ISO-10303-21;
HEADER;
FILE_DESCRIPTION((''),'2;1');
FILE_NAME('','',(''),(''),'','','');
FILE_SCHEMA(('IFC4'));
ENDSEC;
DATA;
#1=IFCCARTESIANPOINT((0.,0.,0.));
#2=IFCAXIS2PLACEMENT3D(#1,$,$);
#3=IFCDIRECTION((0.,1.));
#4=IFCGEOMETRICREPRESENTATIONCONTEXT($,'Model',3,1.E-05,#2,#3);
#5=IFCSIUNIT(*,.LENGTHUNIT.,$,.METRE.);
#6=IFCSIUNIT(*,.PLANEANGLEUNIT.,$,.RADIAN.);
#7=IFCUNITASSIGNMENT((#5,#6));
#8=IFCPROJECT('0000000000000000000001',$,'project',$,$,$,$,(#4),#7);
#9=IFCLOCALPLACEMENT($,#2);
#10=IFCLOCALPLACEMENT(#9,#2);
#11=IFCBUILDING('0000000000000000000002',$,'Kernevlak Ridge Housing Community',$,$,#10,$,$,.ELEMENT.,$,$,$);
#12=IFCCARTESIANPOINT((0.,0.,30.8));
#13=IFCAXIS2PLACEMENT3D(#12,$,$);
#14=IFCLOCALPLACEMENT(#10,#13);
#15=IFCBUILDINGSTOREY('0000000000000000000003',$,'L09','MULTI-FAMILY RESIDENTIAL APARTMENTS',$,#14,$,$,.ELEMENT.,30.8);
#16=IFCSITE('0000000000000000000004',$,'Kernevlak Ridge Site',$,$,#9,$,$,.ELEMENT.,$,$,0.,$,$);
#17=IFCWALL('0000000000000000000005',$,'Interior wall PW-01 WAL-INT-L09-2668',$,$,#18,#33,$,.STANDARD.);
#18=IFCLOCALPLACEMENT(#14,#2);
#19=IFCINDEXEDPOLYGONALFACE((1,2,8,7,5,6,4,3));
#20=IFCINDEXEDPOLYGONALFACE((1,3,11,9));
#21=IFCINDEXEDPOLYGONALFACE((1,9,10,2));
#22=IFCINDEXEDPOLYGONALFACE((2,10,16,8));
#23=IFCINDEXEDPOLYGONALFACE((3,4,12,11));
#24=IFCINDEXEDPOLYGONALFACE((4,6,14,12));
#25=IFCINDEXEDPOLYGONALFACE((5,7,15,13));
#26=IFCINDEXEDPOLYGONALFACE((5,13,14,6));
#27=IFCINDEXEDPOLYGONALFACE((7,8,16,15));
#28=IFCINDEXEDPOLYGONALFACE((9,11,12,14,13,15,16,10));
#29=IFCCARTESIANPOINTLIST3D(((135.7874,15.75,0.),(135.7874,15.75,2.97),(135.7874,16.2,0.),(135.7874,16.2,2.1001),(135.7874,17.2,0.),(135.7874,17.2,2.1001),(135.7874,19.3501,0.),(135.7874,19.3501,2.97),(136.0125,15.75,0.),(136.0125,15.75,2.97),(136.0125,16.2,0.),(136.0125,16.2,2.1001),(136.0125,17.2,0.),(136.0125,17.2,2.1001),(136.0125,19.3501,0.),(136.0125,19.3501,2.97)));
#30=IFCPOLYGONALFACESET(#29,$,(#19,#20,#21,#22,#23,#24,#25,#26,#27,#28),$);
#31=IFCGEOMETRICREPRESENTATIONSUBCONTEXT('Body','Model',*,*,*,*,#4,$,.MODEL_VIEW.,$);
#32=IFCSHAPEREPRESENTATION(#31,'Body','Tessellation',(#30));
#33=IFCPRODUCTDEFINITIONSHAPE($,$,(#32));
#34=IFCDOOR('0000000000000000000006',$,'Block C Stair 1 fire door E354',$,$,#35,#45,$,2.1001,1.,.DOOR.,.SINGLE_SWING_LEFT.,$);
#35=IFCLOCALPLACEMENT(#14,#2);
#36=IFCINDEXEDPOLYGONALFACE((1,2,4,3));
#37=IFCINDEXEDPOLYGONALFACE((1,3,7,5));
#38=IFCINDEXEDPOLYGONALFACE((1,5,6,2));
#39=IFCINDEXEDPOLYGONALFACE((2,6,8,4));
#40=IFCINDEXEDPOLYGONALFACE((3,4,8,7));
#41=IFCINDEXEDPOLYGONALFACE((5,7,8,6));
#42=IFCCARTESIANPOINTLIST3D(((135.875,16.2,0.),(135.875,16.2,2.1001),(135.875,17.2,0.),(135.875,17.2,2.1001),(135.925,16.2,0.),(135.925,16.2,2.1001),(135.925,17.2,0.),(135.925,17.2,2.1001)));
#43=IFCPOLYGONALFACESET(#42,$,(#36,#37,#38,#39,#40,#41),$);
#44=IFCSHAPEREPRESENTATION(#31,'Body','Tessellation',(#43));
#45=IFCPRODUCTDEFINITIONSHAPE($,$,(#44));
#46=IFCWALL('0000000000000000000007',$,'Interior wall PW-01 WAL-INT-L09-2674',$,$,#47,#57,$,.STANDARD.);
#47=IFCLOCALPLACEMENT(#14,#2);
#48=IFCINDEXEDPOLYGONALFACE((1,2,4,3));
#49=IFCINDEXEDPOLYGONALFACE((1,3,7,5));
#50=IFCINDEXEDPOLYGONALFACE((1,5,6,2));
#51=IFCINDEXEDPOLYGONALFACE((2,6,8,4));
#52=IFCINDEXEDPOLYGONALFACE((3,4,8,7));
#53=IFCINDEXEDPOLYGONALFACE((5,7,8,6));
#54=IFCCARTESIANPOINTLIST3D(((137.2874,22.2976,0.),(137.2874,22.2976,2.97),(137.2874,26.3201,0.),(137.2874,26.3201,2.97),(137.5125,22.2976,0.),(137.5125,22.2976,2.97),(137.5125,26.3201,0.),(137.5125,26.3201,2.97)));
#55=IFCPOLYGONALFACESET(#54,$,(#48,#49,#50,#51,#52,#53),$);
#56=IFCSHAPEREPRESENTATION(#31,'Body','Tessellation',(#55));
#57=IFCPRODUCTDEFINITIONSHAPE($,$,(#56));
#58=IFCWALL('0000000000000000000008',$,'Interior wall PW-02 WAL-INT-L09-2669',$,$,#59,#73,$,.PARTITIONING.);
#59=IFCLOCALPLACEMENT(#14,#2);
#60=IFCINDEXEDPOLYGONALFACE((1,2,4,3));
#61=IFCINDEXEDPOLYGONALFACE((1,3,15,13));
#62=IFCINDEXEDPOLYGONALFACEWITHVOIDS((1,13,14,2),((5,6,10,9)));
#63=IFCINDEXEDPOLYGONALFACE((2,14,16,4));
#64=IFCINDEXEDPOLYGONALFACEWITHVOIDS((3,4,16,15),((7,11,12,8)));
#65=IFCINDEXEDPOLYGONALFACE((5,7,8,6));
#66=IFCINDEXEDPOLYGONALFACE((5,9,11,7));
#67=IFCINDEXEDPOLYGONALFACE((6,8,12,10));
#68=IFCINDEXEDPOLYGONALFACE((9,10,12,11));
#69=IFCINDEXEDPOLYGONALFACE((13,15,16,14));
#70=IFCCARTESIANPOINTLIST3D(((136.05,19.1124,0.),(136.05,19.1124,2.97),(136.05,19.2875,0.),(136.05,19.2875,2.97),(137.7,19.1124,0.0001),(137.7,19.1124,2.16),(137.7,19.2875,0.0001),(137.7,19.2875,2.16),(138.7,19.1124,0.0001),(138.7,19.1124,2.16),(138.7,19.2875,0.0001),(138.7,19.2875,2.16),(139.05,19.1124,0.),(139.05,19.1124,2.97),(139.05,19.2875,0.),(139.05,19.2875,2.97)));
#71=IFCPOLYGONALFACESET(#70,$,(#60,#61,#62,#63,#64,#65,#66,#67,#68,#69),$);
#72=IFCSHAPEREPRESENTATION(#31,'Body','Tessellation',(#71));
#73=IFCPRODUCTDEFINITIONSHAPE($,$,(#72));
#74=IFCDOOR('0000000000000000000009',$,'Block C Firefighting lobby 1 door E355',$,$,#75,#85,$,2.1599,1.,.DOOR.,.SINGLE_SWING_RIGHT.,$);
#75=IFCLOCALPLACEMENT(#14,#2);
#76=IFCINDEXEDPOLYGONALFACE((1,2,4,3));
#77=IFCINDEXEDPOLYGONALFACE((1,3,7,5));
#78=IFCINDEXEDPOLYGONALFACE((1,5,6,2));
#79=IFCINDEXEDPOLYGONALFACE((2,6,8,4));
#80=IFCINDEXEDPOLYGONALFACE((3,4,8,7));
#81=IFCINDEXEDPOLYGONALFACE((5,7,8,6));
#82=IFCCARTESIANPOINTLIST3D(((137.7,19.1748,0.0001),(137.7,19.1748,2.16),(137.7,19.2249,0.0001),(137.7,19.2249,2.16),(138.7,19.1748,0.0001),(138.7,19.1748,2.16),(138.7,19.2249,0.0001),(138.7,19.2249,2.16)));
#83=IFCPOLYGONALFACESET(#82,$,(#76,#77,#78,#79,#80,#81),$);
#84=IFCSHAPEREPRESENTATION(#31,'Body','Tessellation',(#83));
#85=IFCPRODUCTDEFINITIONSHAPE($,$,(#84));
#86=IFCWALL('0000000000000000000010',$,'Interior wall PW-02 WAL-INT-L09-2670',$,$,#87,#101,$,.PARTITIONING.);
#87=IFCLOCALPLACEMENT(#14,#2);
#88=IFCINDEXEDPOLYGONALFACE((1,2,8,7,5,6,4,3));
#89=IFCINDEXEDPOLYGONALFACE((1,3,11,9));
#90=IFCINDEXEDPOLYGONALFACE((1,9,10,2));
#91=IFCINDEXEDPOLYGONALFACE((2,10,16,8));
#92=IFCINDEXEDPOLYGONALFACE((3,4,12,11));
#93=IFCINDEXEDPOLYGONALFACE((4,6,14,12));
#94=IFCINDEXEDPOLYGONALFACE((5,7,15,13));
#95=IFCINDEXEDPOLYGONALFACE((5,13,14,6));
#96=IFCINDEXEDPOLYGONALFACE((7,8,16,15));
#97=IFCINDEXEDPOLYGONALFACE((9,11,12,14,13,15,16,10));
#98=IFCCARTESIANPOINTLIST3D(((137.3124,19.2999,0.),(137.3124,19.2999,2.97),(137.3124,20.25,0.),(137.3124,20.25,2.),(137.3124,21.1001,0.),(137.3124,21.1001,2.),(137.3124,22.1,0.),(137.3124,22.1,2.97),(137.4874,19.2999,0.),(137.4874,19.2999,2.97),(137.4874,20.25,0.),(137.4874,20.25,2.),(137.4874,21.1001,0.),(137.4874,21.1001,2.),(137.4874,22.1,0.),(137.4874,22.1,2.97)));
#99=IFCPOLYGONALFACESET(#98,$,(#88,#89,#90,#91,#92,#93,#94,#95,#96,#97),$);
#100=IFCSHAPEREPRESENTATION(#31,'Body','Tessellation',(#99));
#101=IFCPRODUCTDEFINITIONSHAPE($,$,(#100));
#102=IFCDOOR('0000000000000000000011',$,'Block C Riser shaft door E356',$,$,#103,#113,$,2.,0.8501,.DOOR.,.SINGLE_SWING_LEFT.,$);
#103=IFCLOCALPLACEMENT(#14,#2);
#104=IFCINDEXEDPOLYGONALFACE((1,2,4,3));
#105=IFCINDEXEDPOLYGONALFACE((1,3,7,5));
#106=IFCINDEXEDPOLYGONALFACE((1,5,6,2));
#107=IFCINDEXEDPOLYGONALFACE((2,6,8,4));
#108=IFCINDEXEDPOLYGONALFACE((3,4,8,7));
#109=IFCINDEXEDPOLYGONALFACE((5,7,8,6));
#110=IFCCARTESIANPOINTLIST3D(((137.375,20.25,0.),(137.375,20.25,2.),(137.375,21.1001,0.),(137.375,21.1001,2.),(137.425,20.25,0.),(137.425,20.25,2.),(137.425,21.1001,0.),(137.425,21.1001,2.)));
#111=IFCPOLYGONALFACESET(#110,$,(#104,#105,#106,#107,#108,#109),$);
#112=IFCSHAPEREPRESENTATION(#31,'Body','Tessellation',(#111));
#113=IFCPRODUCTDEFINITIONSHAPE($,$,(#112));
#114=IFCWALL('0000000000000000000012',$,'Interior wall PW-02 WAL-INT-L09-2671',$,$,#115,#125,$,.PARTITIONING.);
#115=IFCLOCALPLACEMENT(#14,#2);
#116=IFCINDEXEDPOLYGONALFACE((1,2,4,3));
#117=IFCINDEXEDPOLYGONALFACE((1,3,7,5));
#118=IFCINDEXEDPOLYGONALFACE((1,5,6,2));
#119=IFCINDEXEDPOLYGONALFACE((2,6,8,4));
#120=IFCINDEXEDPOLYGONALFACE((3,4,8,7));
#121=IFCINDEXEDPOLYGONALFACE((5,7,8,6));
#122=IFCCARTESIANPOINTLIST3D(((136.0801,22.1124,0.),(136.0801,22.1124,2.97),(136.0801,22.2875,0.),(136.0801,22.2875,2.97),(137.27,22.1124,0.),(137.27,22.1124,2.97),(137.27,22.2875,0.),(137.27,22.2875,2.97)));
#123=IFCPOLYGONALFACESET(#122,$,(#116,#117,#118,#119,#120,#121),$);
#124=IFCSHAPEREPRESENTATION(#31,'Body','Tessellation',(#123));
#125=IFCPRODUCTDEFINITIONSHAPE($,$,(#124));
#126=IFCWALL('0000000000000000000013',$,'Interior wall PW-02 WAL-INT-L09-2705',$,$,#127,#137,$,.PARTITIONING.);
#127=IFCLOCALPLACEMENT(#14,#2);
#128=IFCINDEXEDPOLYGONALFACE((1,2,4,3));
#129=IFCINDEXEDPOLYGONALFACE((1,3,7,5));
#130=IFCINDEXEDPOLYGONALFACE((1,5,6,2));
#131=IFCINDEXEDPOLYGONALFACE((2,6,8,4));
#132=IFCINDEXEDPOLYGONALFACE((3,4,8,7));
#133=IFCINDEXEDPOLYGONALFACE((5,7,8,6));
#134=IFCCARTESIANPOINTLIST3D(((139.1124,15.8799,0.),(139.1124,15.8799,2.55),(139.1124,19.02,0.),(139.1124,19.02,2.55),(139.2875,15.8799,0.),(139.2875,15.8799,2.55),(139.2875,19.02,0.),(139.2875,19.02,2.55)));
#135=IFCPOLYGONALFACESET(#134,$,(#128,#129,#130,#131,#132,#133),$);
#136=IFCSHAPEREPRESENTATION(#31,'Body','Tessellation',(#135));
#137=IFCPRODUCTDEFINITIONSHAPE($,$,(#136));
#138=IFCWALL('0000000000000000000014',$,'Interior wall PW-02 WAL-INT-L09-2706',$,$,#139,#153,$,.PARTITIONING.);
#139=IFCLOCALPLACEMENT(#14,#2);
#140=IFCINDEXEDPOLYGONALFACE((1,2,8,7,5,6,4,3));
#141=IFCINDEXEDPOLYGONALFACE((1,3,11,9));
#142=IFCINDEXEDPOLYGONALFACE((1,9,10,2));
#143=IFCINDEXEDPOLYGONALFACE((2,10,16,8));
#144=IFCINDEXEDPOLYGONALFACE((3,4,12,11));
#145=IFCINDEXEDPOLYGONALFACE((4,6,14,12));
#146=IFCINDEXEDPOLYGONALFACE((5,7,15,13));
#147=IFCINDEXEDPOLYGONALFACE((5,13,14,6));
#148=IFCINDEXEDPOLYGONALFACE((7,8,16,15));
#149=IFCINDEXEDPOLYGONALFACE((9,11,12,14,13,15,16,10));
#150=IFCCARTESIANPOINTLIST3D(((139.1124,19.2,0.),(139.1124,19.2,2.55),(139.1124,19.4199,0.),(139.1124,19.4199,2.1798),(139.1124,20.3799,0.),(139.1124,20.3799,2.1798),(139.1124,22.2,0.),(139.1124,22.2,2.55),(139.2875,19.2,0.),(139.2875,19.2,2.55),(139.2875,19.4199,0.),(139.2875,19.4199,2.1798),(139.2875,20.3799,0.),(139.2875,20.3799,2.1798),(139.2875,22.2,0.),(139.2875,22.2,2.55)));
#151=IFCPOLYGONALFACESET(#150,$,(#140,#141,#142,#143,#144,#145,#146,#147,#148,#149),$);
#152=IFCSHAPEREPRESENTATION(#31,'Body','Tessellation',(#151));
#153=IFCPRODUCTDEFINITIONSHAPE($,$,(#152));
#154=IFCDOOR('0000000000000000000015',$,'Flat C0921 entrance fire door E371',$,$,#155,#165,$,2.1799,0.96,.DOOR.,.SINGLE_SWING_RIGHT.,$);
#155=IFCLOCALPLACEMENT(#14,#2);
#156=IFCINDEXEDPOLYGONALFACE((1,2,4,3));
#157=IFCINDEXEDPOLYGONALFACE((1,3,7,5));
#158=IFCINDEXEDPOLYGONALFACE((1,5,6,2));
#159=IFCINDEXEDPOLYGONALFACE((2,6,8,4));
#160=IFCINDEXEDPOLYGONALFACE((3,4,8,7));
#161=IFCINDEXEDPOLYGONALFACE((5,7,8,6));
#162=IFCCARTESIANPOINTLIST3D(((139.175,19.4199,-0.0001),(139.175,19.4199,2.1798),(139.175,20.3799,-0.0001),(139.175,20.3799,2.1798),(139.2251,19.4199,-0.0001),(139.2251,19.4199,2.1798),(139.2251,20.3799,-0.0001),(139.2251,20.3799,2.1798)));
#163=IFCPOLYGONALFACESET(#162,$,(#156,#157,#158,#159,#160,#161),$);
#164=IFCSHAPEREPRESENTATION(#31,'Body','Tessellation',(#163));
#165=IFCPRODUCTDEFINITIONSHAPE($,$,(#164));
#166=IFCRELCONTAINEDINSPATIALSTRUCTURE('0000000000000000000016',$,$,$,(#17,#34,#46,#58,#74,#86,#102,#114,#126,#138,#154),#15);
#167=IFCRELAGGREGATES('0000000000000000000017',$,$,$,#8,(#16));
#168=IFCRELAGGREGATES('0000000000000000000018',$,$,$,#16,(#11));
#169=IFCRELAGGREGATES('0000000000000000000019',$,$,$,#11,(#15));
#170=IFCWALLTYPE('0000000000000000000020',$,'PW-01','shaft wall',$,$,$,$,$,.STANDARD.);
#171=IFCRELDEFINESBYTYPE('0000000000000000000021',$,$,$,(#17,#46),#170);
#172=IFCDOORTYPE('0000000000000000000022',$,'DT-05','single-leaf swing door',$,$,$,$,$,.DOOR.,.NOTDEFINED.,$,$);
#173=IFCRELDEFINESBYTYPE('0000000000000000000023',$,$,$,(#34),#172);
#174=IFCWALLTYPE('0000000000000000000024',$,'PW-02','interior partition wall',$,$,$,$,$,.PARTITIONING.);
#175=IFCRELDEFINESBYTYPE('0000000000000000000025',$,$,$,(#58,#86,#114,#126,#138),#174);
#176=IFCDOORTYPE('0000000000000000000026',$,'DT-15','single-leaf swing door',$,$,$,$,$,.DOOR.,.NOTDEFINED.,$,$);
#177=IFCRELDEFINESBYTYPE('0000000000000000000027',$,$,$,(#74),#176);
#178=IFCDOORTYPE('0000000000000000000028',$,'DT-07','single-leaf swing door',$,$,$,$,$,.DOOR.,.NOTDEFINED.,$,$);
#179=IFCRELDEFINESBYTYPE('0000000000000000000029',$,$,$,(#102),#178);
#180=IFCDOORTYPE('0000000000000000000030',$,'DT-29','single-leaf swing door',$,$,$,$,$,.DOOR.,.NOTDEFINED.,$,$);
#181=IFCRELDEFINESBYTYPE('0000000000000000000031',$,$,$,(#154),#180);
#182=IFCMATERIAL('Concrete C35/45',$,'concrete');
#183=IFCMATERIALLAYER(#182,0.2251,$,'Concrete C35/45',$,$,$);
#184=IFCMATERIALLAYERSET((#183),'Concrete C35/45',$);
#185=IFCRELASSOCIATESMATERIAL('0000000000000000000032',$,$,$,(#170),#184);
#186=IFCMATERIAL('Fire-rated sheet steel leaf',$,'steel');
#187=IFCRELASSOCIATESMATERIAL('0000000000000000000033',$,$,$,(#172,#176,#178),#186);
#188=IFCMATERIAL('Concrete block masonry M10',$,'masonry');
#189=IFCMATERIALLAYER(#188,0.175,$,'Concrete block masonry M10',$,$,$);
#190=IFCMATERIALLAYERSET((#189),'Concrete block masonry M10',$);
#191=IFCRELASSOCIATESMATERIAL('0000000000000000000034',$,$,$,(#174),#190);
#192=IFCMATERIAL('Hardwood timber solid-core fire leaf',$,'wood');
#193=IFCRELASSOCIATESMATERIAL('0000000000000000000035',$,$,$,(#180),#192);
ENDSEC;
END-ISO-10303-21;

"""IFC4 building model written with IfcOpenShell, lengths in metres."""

from ifc_helpers import new_model, si_unit, direction, frame, frame_2d, origin, place, context, subcontext, project, spatial, rectangle, extrude, material, layer, layer_set, type_object, element, fill, save


model = new_model("IFC4")

# Units and contexts
model_context = context("Model", 3, precision=1e-05, world=origin(), true_north=direction((0.0, 1.0)))
body_context = subcontext(model_context, "Body", "Model", "MODEL_VIEW")
ifc_project = project(units=[si_unit("LENGTHUNIT", "METRE"), si_unit("PLANEANGLEUNIT", "RADIAN")], contexts=[model_context])

# Site, building, storey
site_placement = place(None, origin())
site = spatial("IfcSite", under=ifc_project, at=site_placement, Name="Kernevlak Ridge Site", CompositionType="ELEMENT", RefElevation=0.0)
building_placement = place(site_placement, origin())
building = spatial("IfcBuilding", under=site, at=building_placement, Name="Kernevlak Ridge Housing Community", CompositionType="ELEMENT")
storey_placement = place(building_placement, frame((0.0, 0.0, 30.8)))
storey = spatial("IfcBuildingStorey", under=building, at=storey_placement, Name="L09", Description="MULTI-FAMILY RESIDENTIAL APARTMENTS", CompositionType="ELEMENT", Elevation=30.8)

# Shared definitions
ifc_material_1 = material(Name="Concrete C35/45", Category="concrete")

# Wall, opening, door
ifc_layer_1 = layer(ifc_material_1, 0.2251, Name="Concrete C35/45")
ifc_layer_set_1 = layer_set([ifc_layer_1], Name="Concrete C35/45")
wall_type_1 = type_object("IfcWallType", Name="PW-01", Description="shaft wall", PredefinedType="STANDARD", material=ifc_layer_set_1)
wall_1_placement = place(storey_placement, frame((135.8999, 15.75, 0.0), z_axis=(0.0, 0.0, 1.0), x_axis=(0.0, 1.0, 0.0)))
wall_1 = element("IfcWall", 1, at=wall_1_placement, inside=storey, type_object=wall_type_1, Name="Interior wall PW-01 WAL-INT-L09-2668", PredefinedType="STANDARD", context=body_context, shape_type="SweptSolid", body=[
    extrude(rectangle(XDim=3.6001, YDim=0.2251, at=frame_2d((1.8, 0.0))), origin(), (0.0, 0.0, 1.0), 2.97),
])
opening_1_placement = place(wall_1_placement, frame((0.45, 0.0, 0.0)))
opening_1 = element("IfcOpeningElement", 2, at=opening_1_placement, cuts=wall_1, PredefinedType="OPENING", context=body_context, shape_type="SweptSolid", body=[
    extrude(rectangle(XDim=1.0, YDim=2.1001, at=frame_2d((0.5, 1.05))), frame((0.0, 0.1226, 0.0), z_axis=(0.0, -1.0, 0.0), x_axis=(1.0, 0.0, 0.0)), (0.0, 0.0, 1.0), 0.2451),
])
ifc_material_2 = material(Name="Fire-rated sheet steel leaf", Category="steel")
door_type_1 = type_object("IfcDoorType", Name="DT-05", Description="single-leaf swing door", OperationType="NOTDEFINED", PredefinedType="DOOR", material=ifc_material_2)
door_1_placement = place(opening_1_placement, origin())
door_1 = element("IfcDoor", 3, at=door_1_placement, inside=storey, type_object=door_type_1, Name="Block C Stair 1 fire door E354", OperationType="SINGLE_SWING_LEFT", OverallHeight=2.1001, OverallWidth=1.0, PredefinedType="DOOR", context=body_context, shape_type="SweptSolid", body=[
    extrude(rectangle(XDim=1.0, YDim=2.1001, at=frame_2d((0.5, 1.05))), frame((0.0, 0.0249, 0.0), z_axis=(0.0, -1.0, 0.0), x_axis=(1.0, 0.0, 0.0)), (0.0, 0.0, 1.0), 0.05),
])
fill(opening_1, door_1)

# Wall
wall_2_placement = place(storey_placement, frame((137.3999, 22.2976, 0.0), z_axis=(0.0, 0.0, 1.0), x_axis=(0.0, 1.0, 0.0)))
element("IfcWall", 4, at=wall_2_placement, inside=storey, type_object=wall_type_1, Name="Interior wall PW-01 WAL-INT-L09-2674", PredefinedType="STANDARD", context=body_context, shape_type="SweptSolid", body=[
    extrude(rectangle(XDim=4.0225, YDim=0.2251, at=frame_2d((2.0112, 0.0))), origin(), (0.0, 0.0, 1.0), 2.97),
])

# Walls, openings, doors
ifc_material_3 = material(Name="Concrete block masonry M10", Category="masonry")
ifc_layer_2 = layer(ifc_material_3, 0.175, Name="Concrete block masonry M10")
ifc_layer_set_2 = layer_set([ifc_layer_2], Name="Concrete block masonry M10")
wall_type_2 = type_object("IfcWallType", Name="PW-02", Description="interior partition wall", PredefinedType="PARTITIONING", material=ifc_layer_set_2)
wall_3_placement = place(storey_placement, frame((136.05, 19.2, 0.0), z_axis=(0.0, 0.0, 1.0), x_axis=(1.0, 0.0, 0.0)))
wall_3 = element("IfcWall", 5, at=wall_3_placement, inside=storey, type_object=wall_type_2, Name="Interior wall PW-02 WAL-INT-L09-2669", PredefinedType="PARTITIONING", context=body_context, shape_type="SweptSolid", body=[
    extrude(rectangle(XDim=3.0, YDim=0.175, at=frame_2d((1.5, 0.0))), origin(), (0.0, 0.0, 1.0), 2.97),
])
opening_2_placement = place(wall_3_placement, frame((1.6499, 0.0, 0.0)))
opening_2 = element("IfcOpeningElement", 6, at=opening_2_placement, cuts=wall_3, PredefinedType="OPENING", context=body_context, shape_type="SweptSolid", body=[
    extrude(rectangle(XDim=1.0, YDim=2.1599, at=frame_2d((0.5, 1.0801))), frame((0.0, 0.0974, 0.0), z_axis=(0.0, -1.0, 0.0), x_axis=(1.0, 0.0, 0.0)), (0.0, 0.0, 1.0), 0.1951),
])
door_type_2 = type_object("IfcDoorType", Name="DT-15", Description="single-leaf swing door", OperationType="NOTDEFINED", PredefinedType="DOOR", material=ifc_material_2)
door_2_placement = place(opening_2_placement, origin())
door_2 = element("IfcDoor", 7, at=door_2_placement, inside=storey, type_object=door_type_2, Name="Block C Firefighting lobby 1 door E355", OperationType="SINGLE_SWING_RIGHT", OverallHeight=2.1599, OverallWidth=1.0, PredefinedType="DOOR", context=body_context, shape_type="SweptSolid", body=[
    extrude(rectangle(XDim=1.0, YDim=2.1599, at=frame_2d((0.5, 1.0801))), frame((0.0, 0.0249, 0.0), z_axis=(0.0, -1.0, 0.0), x_axis=(1.0, 0.0, 0.0)), (0.0, 0.0, 1.0), 0.05),
])
fill(opening_2, door_2)
wall_4_placement = place(storey_placement, frame((137.3999, 19.3, 0.0), z_axis=(0.0, 0.0, 1.0), x_axis=(0.0, 1.0, 0.0)))
wall_4 = element("IfcWall", 8, at=wall_4_placement, inside=storey, type_object=wall_type_2, Name="Interior wall PW-02 WAL-INT-L09-2670", PredefinedType="PARTITIONING", context=body_context, shape_type="SweptSolid", body=[
    extrude(rectangle(XDim=2.8, YDim=0.175, at=frame_2d((1.3999, 0.0))), origin(), (0.0, 0.0, 1.0), 2.97),
])
opening_3_placement = place(wall_4_placement, frame((0.95, 0.0, 0.0)))
opening_3 = element("IfcOpeningElement", 9, at=opening_3_placement, cuts=wall_4, PredefinedType="OPENING", context=body_context, shape_type="SweptSolid", body=[
    extrude(rectangle(XDim=0.8501, YDim=2.0, at=frame_2d((0.425, 1.0))), frame((0.0, 0.0974, 0.0), z_axis=(0.0, -1.0, 0.0), x_axis=(1.0, 0.0, 0.0)), (0.0, 0.0, 1.0), 0.1951),
])
door_type_3 = type_object("IfcDoorType", Name="DT-07", Description="single-leaf swing door", OperationType="NOTDEFINED", PredefinedType="DOOR", material=ifc_material_2)
door_3_placement = place(opening_3_placement, origin())
door_3 = element("IfcDoor", 10, at=door_3_placement, inside=storey, type_object=door_type_3, Name="Block C Riser shaft door E356", OperationType="SINGLE_SWING_LEFT", OverallHeight=2.0, OverallWidth=0.8501, PredefinedType="DOOR", context=body_context, shape_type="SweptSolid", body=[
    extrude(rectangle(XDim=0.8501, YDim=2.0, at=frame_2d((0.425, 1.0))), frame((0.0, 0.0249, 0.0), z_axis=(0.0, -1.0, 0.0), x_axis=(1.0, 0.0, 0.0)), (0.0, 0.0, 1.0), 0.05),
])
fill(opening_3, door_3)

# Walls
wall_5_placement = place(storey_placement, frame((136.0801, 22.2, 0.0), z_axis=(0.0, 0.0, 1.0), x_axis=(1.0, 0.0, 0.0)))
element("IfcWall", 11, at=wall_5_placement, inside=storey, type_object=wall_type_2, Name="Interior wall PW-02 WAL-INT-L09-2671", PredefinedType="PARTITIONING", context=body_context, shape_type="SweptSolid", body=[
    extrude(rectangle(XDim=1.1899, YDim=0.175, at=frame_2d((0.595, 0.0))), origin(), (0.0, 0.0, 1.0), 2.97),
])
wall_6_placement = place(storey_placement, frame((139.2, 15.8799, 0.0), z_axis=(0.0, 0.0, 1.0), x_axis=(0.0, 1.0, 0.0)))
element("IfcWall", 12, at=wall_6_placement, inside=storey, type_object=wall_type_2, Name="Interior wall PW-02 WAL-INT-L09-2705", PredefinedType="PARTITIONING", context=body_context, shape_type="SweptSolid", body=[
    extrude(rectangle(XDim=3.1401, YDim=0.175, at=frame_2d((1.5701, 0.0))), origin(), (0.0, 0.0, 1.0), 2.55),
])

# Wall, opening, door
wall_7_placement = place(storey_placement, frame((139.2, 19.2, 0.0), z_axis=(0.0, 0.0, 1.0), x_axis=(0.0, 1.0, 0.0)))
wall_7 = element("IfcWall", 13, at=wall_7_placement, inside=storey, type_object=wall_type_2, Name="Interior wall PW-02 WAL-INT-L09-2706", PredefinedType="PARTITIONING", context=body_context, shape_type="SweptSolid", body=[
    extrude(rectangle(XDim=3.0, YDim=0.175, at=frame_2d((1.5, 0.0))), origin(), (0.0, 0.0, 1.0), 2.55),
])
opening_4_placement = place(wall_7_placement, frame((0.22, 0.0, 0.0)))
opening_4 = element("IfcOpeningElement", 14, at=opening_4_placement, cuts=wall_7, PredefinedType="OPENING", context=body_context, shape_type="SweptSolid", body=[
    extrude(rectangle(XDim=0.96, YDim=2.1799, at=frame_2d((0.48, 1.0898))), frame((0.0, 0.0974, 0.0), z_axis=(0.0, -1.0, 0.0), x_axis=(1.0, 0.0, 0.0)), (0.0, 0.0, 1.0), 0.1951),
])
ifc_material_4 = material(Name="Hardwood timber solid-core fire leaf", Category="wood")
door_type_4 = type_object("IfcDoorType", Name="DT-29", Description="single-leaf swing door", OperationType="NOTDEFINED", PredefinedType="DOOR", material=ifc_material_4)
door_4_placement = place(opening_4_placement, origin())
door_4 = element("IfcDoor", 15, at=door_4_placement, inside=storey, type_object=door_type_4, Name="Flat C0921 entrance fire door E371", OperationType="SINGLE_SWING_RIGHT", OverallHeight=2.1799, OverallWidth=0.96, PredefinedType="DOOR", context=body_context, shape_type="SweptSolid", body=[
    extrude(rectangle(XDim=0.96, YDim=2.1799, at=frame_2d((0.48, 1.0898))), frame((0.0, 0.0249, 0.0), z_axis=(0.0, -1.0, 0.0), x_axis=(1.0, 0.0, 0.0)), (0.0, 0.0, 1.0), 0.05),
])
fill(opening_4, door_4)

save(model, "model.ifc")
